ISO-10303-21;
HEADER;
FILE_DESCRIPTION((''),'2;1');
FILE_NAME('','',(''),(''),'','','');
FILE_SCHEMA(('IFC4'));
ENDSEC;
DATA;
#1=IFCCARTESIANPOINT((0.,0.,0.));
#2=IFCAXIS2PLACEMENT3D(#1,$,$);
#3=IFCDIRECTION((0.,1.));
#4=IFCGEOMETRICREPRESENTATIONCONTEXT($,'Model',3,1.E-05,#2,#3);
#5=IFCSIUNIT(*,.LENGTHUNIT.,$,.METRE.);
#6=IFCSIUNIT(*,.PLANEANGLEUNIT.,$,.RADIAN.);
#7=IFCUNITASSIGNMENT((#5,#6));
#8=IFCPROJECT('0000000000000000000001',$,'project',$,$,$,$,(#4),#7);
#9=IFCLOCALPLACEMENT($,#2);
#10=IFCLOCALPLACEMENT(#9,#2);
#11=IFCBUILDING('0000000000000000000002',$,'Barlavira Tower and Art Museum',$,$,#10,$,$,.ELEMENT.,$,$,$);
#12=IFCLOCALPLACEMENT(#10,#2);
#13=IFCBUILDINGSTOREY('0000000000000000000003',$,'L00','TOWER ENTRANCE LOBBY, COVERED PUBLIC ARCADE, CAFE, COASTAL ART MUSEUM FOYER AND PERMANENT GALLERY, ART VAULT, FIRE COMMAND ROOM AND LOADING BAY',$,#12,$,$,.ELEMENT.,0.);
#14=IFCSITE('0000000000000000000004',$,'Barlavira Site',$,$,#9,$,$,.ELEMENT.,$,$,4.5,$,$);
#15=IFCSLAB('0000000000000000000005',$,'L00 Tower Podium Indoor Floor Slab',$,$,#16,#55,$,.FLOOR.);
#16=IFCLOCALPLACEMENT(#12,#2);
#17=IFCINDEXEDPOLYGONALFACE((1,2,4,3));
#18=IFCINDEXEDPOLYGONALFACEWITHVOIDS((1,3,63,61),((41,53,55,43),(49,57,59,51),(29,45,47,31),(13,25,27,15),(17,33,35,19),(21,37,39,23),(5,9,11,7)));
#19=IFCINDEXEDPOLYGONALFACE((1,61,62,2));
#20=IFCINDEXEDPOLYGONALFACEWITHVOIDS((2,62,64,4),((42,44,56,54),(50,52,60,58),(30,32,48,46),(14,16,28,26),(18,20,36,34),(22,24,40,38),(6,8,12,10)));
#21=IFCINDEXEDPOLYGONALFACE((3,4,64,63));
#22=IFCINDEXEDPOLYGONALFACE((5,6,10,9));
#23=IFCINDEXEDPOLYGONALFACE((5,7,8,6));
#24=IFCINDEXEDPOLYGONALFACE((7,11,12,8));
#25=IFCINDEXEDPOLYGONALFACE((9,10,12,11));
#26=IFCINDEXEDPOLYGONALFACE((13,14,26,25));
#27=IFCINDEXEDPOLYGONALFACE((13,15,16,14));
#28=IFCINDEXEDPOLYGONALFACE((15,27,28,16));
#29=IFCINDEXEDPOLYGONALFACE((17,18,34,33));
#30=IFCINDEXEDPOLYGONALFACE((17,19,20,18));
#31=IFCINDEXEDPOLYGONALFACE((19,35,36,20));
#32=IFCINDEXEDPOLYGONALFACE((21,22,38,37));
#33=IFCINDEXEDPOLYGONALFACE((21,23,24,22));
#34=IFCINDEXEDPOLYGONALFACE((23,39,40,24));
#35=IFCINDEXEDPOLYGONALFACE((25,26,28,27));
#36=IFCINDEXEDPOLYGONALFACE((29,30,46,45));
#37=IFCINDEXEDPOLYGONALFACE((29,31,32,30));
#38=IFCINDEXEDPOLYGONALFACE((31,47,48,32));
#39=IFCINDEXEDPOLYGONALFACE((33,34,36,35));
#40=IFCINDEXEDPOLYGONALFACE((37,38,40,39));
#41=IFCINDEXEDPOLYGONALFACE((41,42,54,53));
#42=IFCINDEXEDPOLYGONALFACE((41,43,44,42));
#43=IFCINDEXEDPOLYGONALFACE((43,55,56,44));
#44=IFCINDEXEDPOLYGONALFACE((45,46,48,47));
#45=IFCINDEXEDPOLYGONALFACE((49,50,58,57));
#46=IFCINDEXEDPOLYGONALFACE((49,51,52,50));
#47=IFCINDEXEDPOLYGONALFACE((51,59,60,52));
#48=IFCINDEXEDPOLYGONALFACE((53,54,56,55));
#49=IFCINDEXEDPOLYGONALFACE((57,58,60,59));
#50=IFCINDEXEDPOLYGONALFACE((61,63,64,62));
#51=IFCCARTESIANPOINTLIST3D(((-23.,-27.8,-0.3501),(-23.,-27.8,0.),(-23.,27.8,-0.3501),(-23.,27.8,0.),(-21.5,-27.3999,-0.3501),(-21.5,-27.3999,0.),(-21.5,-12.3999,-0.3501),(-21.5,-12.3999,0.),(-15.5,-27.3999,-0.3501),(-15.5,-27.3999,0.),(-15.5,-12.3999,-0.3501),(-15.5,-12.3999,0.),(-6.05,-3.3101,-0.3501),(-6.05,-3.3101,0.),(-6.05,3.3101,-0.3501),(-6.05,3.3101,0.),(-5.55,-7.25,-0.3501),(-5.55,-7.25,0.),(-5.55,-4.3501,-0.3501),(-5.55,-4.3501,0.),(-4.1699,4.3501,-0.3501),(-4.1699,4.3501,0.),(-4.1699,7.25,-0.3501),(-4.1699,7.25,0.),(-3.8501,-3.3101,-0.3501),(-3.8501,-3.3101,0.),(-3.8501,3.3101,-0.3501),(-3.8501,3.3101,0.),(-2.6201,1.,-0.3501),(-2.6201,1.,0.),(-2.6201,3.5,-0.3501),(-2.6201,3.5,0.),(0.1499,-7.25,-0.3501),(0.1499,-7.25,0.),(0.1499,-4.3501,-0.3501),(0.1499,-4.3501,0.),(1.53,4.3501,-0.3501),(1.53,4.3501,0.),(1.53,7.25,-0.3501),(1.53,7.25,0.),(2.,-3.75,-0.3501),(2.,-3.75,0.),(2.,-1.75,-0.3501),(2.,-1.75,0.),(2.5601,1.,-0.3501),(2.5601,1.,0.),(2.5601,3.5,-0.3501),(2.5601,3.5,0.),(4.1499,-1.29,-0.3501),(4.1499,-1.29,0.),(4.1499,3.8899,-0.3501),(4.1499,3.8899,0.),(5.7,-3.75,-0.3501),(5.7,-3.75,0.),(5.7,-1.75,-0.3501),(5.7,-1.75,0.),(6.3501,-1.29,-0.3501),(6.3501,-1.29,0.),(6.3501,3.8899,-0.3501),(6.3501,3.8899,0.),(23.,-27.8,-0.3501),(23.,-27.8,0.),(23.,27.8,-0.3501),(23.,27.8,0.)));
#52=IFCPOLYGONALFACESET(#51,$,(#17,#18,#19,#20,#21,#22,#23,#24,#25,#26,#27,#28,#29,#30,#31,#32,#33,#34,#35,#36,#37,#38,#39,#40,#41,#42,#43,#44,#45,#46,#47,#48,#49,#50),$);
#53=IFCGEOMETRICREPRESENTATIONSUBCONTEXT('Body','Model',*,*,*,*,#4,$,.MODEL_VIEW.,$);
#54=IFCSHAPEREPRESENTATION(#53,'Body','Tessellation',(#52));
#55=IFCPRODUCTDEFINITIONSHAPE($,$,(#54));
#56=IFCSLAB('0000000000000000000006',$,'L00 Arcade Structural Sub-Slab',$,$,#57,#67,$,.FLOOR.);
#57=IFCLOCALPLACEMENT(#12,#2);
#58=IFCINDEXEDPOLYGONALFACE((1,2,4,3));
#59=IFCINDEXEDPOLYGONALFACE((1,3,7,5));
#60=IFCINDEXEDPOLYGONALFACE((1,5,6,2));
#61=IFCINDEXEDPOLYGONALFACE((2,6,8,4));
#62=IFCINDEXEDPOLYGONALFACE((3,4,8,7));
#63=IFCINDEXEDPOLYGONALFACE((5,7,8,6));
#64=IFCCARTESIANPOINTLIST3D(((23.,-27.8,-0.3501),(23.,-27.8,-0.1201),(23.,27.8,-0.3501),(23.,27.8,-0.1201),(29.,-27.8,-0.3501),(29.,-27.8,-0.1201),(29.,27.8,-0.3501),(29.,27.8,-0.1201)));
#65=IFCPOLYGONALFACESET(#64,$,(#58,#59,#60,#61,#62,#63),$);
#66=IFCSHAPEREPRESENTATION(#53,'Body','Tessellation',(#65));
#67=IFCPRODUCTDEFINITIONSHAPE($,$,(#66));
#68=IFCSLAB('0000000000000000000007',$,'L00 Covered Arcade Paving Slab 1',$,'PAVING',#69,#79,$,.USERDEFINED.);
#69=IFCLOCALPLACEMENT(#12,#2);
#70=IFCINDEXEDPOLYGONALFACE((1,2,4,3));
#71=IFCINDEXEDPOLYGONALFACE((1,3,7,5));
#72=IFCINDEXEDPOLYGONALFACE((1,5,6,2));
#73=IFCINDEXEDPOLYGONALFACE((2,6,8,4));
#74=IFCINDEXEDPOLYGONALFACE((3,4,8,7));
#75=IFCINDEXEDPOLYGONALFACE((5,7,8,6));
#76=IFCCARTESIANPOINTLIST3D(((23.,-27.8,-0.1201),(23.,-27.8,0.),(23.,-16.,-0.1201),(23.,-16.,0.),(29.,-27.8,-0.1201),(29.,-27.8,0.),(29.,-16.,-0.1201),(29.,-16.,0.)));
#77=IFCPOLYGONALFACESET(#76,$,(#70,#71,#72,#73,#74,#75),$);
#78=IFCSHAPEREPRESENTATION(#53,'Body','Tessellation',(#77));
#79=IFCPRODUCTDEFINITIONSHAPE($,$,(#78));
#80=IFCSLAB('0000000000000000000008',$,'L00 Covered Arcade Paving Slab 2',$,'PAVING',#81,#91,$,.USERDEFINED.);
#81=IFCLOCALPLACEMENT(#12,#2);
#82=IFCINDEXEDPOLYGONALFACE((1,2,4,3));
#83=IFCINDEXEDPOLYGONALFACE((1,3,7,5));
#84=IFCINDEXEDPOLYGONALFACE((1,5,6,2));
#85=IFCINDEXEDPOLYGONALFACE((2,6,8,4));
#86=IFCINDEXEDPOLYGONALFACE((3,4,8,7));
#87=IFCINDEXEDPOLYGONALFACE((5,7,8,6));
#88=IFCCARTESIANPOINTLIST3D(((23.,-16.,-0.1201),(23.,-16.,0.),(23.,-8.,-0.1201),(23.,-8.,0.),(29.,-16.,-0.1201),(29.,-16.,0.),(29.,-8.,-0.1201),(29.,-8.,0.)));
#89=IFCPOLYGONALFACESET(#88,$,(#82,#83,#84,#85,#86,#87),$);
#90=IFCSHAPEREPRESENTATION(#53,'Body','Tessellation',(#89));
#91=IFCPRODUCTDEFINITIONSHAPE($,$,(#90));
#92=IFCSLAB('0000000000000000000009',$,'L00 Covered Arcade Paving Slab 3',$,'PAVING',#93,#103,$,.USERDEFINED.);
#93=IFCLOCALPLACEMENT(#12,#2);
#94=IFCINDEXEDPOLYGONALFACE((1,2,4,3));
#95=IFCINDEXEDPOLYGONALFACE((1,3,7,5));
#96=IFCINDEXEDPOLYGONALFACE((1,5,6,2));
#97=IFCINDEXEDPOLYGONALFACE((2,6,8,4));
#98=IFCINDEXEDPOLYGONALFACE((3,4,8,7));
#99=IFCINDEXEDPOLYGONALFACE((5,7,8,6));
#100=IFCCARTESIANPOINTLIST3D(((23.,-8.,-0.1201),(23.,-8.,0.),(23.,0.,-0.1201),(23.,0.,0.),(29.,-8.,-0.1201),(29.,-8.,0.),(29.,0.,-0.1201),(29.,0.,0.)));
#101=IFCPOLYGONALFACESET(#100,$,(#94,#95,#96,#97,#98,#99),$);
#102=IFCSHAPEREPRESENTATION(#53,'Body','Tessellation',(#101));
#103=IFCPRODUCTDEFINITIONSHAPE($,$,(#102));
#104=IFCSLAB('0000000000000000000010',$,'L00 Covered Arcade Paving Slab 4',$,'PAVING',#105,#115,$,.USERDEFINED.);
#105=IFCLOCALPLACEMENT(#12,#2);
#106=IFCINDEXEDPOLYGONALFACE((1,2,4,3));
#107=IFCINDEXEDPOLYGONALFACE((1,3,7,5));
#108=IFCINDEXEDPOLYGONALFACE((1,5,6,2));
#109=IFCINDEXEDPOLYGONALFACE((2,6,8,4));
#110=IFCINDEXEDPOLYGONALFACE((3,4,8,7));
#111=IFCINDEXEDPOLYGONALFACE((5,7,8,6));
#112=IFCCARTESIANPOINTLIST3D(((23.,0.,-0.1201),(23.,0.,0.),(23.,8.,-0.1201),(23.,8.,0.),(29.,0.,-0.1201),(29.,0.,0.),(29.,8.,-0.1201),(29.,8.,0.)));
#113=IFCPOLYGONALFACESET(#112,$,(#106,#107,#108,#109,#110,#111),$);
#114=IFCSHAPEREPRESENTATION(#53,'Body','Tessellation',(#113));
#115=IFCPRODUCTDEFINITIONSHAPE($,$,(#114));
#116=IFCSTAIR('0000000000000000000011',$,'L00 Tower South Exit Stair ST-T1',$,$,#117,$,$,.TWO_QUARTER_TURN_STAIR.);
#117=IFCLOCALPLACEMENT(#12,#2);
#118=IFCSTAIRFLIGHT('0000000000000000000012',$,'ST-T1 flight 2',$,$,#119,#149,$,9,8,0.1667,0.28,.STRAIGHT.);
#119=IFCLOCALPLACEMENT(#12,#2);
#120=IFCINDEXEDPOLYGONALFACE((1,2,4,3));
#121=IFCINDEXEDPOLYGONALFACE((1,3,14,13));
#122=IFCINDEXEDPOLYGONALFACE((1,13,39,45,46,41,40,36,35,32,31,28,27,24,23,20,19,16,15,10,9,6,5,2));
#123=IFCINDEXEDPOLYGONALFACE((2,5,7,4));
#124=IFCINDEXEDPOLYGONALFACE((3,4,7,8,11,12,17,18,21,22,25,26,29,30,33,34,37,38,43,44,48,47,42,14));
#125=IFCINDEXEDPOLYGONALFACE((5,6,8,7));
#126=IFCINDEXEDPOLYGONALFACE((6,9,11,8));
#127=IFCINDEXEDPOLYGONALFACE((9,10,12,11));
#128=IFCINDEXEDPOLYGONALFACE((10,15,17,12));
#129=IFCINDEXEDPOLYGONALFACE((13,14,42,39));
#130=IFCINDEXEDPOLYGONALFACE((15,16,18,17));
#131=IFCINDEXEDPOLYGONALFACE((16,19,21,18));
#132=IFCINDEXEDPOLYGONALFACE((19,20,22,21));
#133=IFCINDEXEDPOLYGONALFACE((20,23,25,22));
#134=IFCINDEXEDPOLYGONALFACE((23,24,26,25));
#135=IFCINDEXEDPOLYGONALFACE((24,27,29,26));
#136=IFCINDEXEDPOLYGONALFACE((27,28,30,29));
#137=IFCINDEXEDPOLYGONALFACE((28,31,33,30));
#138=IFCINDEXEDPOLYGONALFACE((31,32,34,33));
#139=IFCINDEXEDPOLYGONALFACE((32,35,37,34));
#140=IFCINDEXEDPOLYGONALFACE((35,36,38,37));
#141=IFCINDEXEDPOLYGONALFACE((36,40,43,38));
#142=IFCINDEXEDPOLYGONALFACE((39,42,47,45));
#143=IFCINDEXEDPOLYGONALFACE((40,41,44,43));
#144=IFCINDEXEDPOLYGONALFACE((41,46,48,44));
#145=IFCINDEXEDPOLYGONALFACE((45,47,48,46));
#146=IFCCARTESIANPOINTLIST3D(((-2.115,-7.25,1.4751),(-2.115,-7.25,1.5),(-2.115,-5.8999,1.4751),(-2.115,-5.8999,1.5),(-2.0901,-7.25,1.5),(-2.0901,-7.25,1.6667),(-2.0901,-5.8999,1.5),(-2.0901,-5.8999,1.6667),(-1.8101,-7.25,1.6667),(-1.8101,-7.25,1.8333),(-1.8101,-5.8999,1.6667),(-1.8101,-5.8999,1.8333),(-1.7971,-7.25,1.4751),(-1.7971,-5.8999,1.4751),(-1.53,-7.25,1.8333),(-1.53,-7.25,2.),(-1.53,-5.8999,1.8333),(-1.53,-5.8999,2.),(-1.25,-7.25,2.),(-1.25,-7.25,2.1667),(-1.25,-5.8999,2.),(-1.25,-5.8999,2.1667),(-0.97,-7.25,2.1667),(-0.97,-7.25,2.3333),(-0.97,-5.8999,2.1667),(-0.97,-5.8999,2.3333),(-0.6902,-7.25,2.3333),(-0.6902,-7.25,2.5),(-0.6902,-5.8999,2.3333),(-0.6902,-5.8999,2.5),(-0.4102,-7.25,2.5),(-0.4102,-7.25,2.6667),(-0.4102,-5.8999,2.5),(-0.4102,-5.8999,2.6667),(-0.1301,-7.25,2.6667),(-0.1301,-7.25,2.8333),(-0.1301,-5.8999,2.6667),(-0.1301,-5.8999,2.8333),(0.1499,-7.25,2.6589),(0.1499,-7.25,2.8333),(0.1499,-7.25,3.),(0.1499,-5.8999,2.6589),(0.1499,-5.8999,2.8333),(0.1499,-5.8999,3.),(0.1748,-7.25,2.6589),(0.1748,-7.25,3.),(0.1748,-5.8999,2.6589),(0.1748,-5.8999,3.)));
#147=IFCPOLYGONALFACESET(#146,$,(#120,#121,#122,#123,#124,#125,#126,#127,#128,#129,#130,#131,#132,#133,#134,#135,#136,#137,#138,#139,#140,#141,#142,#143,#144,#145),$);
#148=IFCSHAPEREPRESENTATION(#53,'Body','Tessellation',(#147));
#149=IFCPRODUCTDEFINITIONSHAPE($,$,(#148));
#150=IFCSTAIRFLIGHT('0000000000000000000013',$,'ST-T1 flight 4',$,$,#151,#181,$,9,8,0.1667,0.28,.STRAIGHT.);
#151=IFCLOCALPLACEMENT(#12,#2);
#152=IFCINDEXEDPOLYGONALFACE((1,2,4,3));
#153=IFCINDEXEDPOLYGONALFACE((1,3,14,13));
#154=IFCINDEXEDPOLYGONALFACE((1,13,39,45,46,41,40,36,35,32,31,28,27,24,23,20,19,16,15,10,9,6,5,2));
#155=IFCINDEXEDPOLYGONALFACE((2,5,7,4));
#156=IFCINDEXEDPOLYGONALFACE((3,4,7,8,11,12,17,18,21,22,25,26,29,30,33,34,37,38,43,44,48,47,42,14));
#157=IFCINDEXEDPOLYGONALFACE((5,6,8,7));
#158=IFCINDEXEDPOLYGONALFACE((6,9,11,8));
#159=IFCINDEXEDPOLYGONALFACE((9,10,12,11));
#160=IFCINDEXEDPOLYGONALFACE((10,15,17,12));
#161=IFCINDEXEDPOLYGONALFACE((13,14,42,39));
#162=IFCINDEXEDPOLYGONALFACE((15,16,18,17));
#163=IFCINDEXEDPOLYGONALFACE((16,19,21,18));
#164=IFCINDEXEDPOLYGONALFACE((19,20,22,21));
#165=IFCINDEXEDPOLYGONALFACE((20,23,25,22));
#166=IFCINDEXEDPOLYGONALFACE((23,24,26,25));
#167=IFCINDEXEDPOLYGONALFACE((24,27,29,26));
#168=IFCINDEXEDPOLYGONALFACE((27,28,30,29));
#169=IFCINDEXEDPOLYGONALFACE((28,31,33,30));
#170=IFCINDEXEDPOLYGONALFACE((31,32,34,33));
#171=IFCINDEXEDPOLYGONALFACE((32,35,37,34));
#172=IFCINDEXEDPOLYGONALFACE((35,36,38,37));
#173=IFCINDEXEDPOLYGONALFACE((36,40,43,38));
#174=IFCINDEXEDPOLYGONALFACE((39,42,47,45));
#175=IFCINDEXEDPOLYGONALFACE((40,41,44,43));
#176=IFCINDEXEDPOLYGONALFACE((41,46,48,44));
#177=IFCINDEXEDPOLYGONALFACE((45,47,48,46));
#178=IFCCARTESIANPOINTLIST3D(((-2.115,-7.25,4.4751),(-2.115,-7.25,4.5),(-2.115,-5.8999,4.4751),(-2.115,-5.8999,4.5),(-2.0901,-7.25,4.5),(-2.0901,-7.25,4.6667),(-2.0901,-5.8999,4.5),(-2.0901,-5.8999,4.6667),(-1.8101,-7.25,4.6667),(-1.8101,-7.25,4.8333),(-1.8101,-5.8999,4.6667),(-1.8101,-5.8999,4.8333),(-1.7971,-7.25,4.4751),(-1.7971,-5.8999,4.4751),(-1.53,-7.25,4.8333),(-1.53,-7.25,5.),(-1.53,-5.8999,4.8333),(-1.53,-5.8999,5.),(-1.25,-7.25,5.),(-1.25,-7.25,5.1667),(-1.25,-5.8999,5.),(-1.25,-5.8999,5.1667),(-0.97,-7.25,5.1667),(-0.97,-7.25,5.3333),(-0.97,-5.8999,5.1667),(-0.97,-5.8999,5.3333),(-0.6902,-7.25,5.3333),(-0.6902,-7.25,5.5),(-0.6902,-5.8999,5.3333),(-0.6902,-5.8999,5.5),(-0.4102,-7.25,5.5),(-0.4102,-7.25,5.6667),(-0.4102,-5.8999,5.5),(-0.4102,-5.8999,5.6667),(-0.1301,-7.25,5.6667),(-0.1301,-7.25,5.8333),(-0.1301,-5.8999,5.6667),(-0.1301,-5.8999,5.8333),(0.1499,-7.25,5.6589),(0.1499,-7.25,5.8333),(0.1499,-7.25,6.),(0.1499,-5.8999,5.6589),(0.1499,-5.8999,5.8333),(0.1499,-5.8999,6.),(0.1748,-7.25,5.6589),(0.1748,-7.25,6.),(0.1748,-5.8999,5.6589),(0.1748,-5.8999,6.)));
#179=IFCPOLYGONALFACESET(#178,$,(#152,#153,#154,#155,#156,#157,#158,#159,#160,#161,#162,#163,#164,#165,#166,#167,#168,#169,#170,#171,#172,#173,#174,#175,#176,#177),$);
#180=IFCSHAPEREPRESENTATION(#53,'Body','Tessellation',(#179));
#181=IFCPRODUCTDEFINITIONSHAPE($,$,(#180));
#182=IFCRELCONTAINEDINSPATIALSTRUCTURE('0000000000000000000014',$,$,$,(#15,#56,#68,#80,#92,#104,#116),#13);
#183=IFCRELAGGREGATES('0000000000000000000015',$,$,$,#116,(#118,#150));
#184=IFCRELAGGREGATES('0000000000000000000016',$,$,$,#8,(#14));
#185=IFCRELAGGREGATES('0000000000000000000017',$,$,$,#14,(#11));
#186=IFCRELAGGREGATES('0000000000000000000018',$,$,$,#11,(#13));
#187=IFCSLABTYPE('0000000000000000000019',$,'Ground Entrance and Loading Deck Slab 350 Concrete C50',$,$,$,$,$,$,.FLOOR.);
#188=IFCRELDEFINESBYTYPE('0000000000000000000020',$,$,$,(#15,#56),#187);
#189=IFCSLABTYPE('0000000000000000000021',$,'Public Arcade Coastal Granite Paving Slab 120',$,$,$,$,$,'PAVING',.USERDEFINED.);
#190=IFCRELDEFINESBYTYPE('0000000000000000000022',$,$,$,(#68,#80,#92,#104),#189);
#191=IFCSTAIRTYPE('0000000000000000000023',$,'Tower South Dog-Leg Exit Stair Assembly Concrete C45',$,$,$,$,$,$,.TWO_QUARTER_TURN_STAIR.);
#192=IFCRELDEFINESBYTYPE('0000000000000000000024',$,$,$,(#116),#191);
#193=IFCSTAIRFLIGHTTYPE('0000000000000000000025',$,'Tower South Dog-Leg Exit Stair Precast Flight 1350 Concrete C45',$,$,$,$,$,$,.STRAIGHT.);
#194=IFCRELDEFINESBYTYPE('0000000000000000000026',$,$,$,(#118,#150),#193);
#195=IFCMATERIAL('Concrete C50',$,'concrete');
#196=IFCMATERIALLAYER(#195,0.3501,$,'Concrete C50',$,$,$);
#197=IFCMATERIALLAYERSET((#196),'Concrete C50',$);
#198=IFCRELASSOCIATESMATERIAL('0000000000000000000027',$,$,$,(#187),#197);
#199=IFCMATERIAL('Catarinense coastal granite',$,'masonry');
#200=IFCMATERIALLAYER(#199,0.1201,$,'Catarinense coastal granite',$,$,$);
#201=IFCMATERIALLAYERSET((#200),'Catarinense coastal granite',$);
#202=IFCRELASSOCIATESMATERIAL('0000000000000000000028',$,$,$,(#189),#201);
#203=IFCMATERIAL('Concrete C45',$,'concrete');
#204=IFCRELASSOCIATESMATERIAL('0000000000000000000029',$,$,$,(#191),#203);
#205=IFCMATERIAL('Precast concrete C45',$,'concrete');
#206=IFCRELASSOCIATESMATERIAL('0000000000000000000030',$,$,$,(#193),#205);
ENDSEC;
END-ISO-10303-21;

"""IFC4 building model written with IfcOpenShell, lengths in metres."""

from ifc_helpers import new_model, si_unit, direction, frame, origin, place, context, subcontext, project, spatial, polyline, outline, extrude, material, layer, layer_set, type_object, element, aggregate, save


model = new_model("IFC4")

# Units and contexts
model_context = context("Model", 3, precision=1e-05, world=origin(), true_north=direction((0.0, 1.0)))
body_context = subcontext(model_context, "Body", "Model", "MODEL_VIEW")
ifc_project = project(units=[si_unit("LENGTHUNIT", "METRE"), si_unit("PLANEANGLEUNIT", "RADIAN")], contexts=[model_context])

# Site, building, storey
site_placement = place(None, origin())
site = spatial("IfcSite", under=ifc_project, at=site_placement, Name="Barlavira Site", CompositionType="ELEMENT", RefElevation=4.5)
building_placement = place(site_placement, origin())
building = spatial("IfcBuilding", under=site, at=building_placement, Name="Barlavira Tower and Art Museum", CompositionType="ELEMENT")
storey_placement = place(building_placement, origin())
storey = spatial("IfcBuildingStorey", under=building, at=storey_placement, Name="L00", Description="TOWER ENTRANCE LOBBY, COVERED PUBLIC ARCADE, CAFE, COASTAL ART MUSEUM FOYER AND PERMANENT GALLERY, ART VAULT, FIRE COMMAND ROOM AND LOADING BAY", CompositionType="ELEMENT", Elevation=0.0)

# Slabs
ifc_material_1 = material(Name="Concrete C50", Category="concrete")
ifc_layer_1 = layer(ifc_material_1, 0.3501, Name="Concrete C50")
ifc_layer_set_1 = layer_set([ifc_layer_1], Name="Concrete C50")
slab_type_1 = type_object("IfcSlabType", Name="Ground Entrance and Loading Deck Slab 350 Concrete C50", PredefinedType="FLOOR", material=ifc_layer_set_1)
slab_1_placement = place(storey_placement, frame((0.0, 0.0, -0.3501)))
element("IfcSlab", 1, at=slab_1_placement, inside=storey, type_object=slab_type_1, Name="L00 Tower Podium Indoor Floor Slab", PredefinedType="FLOOR", context=body_context, shape_type="SweptSolid", body=[
    extrude(outline(polyline([(-23.0, -27.8), (23.0, -27.8), (23.0, 27.8), (-23.0, 27.8), (-23.0, -27.8)]), holes=[polyline([(0.1499, -4.3501), (-5.55, -4.3501), (-5.55, -7.25), (0.1499, -7.25), (0.1499, -4.3501)]), polyline([(-4.1699, 4.3501), (1.53, 4.3501), (1.53, 7.25), (-4.1699, 7.25), (-4.1699, 4.3501)]), polyline([(-6.05, -3.3101), (-3.8501, -3.3101), (-3.8501, 3.3101), (-6.05, 3.3101), (-6.05, -3.3101)]), polyline([(4.1499, -1.29), (6.3501, -1.29), (6.3501, 3.8899), (4.1499, 3.8899), (4.1499, -1.29)]), polyline([(-2.6201, 1.0), (2.5601, 1.0), (2.5601, 3.5), (-2.6201, 3.5), (-2.6201, 1.0)]), polyline([(2.0, -3.75), (5.7, -3.75), (5.7, -1.75), (2.0, -1.75), (2.0, -3.75)]), polyline([(-21.5, -27.3999), (-15.5, -27.3999), (-15.5, -12.3999), (-21.5, -12.3999), (-21.5, -27.3999)])]), origin(), (0.0, 0.0, 1.0), 0.3501),
])
slab_2_placement = place(storey_placement, frame((0.0, 0.0, -0.3501)))
element("IfcSlab", 2, at=slab_2_placement, inside=storey, type_object=slab_type_1, Name="L00 Arcade Structural Sub-Slab", PredefinedType="FLOOR", context=body_context, shape_type="SweptSolid", body=[
    extrude(outline(polyline([(23.0, -27.8), (29.0, -27.8), (29.0, 27.8), (23.0, 27.8), (23.0, -27.8)])), origin(), (0.0, 0.0, 1.0), 0.23),
])
ifc_material_2 = material(Name="Catarinense coastal granite", Category="masonry")
ifc_layer_2 = layer(ifc_material_2, 0.1201, Name="Catarinense coastal granite")
ifc_layer_set_2 = layer_set([ifc_layer_2], Name="Catarinense coastal granite")
slab_type_2 = type_object("IfcSlabType", Name="Public Arcade Coastal Granite Paving Slab 120", ElementType="PAVING", PredefinedType="USERDEFINED", material=ifc_layer_set_2)
slab_3_placement = place(storey_placement, frame((0.0, 0.0, -0.1201)))
element("IfcSlab", 3, at=slab_3_placement, inside=storey, type_object=slab_type_2, Name="L00 Covered Arcade Paving Slab 1", ObjectType="PAVING", PredefinedType="USERDEFINED", context=body_context, shape_type="SweptSolid", body=[
    extrude(outline(polyline([(23.0, -27.8), (29.0, -27.8), (29.0, -16.0), (23.0, -16.0), (23.0, -27.8)])), origin(), (0.0, 0.0, 1.0), 0.1201),
])
slab_4_placement = place(storey_placement, frame((0.0, 0.0, -0.1201)))
element("IfcSlab", 4, at=slab_4_placement, inside=storey, type_object=slab_type_2, Name="L00 Covered Arcade Paving Slab 2", ObjectType="PAVING", PredefinedType="USERDEFINED", context=body_context, shape_type="SweptSolid", body=[
    extrude(outline(polyline([(23.0, -16.0), (29.0, -16.0), (29.0, -8.0), (23.0, -8.0), (23.0, -16.0)])), origin(), (0.0, 0.0, 1.0), 0.1201),
])
slab_5_placement = place(storey_placement, frame((0.0, 0.0, -0.1201)))
element("IfcSlab", 5, at=slab_5_placement, inside=storey, type_object=slab_type_2, Name="L00 Covered Arcade Paving Slab 3", ObjectType="PAVING", PredefinedType="USERDEFINED", context=body_context, shape_type="SweptSolid", body=[
    extrude(outline(polyline([(23.0, -8.0), (29.0, -8.0), (29.0, 0.0), (23.0, 0.0), (23.0, -8.0)])), origin(), (0.0, 0.0, 1.0), 0.1201),
])
slab_6_placement = place(storey_placement, frame((0.0, 0.0, -0.1201)))
element("IfcSlab", 6, at=slab_6_placement, inside=storey, type_object=slab_type_2, Name="L00 Covered Arcade Paving Slab 4", ObjectType="PAVING", PredefinedType="USERDEFINED", context=body_context, shape_type="SweptSolid", body=[
    extrude(outline(polyline([(23.0, 0.0), (29.0, 0.0), (29.0, 8.0), (23.0, 8.0), (23.0, 0.0)])), origin(), (0.0, 0.0, 1.0), 0.1201),
])

# Stair, stair flights
ifc_material_3 = material(Name="Concrete C45", Category="concrete")
stair_type = type_object("IfcStairType", Name="Tower South Dog-Leg Exit Stair Assembly Concrete C45", PredefinedType="TWO_QUARTER_TURN_STAIR", material=ifc_material_3)
stair_placement = place(storey_placement, origin())
stair = element("IfcStair", 7, at=stair_placement, inside=storey, type_object=stair_type, Name="L00 Tower South Exit Stair ST-T1", PredefinedType="TWO_QUARTER_TURN_STAIR")
ifc_material_4 = material(Name="Precast concrete C45", Category="concrete")
stair_flight_type = type_object("IfcStairFlightType", Name="Tower South Dog-Leg Exit Stair Precast Flight 1350 Concrete C45", PredefinedType="STRAIGHT", material=ifc_material_4)
stair_flight_1_placement = place(storey_placement, frame((-2.0901, -6.575, 1.5), z_axis=(0.0, 0.0, 1.0), x_axis=(1.0, 0.0, 0.0)))
stair_flight_1 = element("IfcStairFlight", 8, at=stair_flight_1_placement, type_object=stair_flight_type, Name="ST-T1 flight 2", NumberOfRisers=9, NumberOfTreads=8, PredefinedType="STRAIGHT", RiserHeight=0.1667, TreadLength=0.28, context=body_context, shape_type="SweptSolid", body=[
    extrude(outline(polyline([(-0.0249, 0.0), (0.0, 0.0), (0.0, 0.1667), (0.28, 0.1667), (0.28, 0.3333), (0.5601, 0.3333), (0.5601, 0.5), (0.8401, 0.5), (0.8401, 0.6667), (1.1201, 0.6667), (1.1201, 0.8333), (1.3999, 0.8333), (1.3999, 1.0), (1.6799, 1.0), (1.6799, 1.1667), (1.96, 1.1667), (1.96, 1.3333), (2.24, 1.3333), (2.24, 1.5), (2.2649, 1.5), (2.2649, 1.1589), (2.24, 1.1589), (0.293, -0.0249), (-0.0249, -0.0249), (-0.0249, 0.0)])), frame((0.0, 0.675, 0.0), z_axis=(0.0, -1.0, 0.0), x_axis=(1.0, 0.0, 0.0)), (0.0, 0.0, 1.0), 1.3501),
])
stair_flight_2_placement = place(storey_placement, frame((-2.0901, -6.575, 4.5), z_axis=(0.0, 0.0, 1.0), x_axis=(1.0, 0.0, 0.0)))
stair_flight_2 = element("IfcStairFlight", 9, at=stair_flight_2_placement, type_object=stair_flight_type, Name="ST-T1 flight 4", NumberOfRisers=9, NumberOfTreads=8, PredefinedType="STRAIGHT", RiserHeight=0.1667, TreadLength=0.28, context=body_context, shape_type="SweptSolid", body=[
    extrude(outline(polyline([(-0.0249, 0.0), (0.0, 0.0), (0.0, 0.1667), (0.28, 0.1667), (0.28, 0.3333), (0.5601, 0.3333), (0.5601, 0.5), (0.8401, 0.5), (0.8401, 0.6667), (1.1201, 0.6667), (1.1201, 0.8333), (1.3999, 0.8333), (1.3999, 1.0), (1.6799, 1.0), (1.6799, 1.1667), (1.96, 1.1667), (1.96, 1.3333), (2.24, 1.3333), (2.24, 1.5), (2.2649, 1.5), (2.2649, 1.1589), (2.24, 1.1589), (0.293, -0.0249), (-0.0249, -0.0249), (-0.0249, 0.0)])), frame((0.0, 0.675, 0.0), z_axis=(0.0, -1.0, 0.0), x_axis=(1.0, 0.0, 0.0)), (0.0, 0.0, 1.0), 1.3501),
])
aggregate(stair, [stair_flight_1, stair_flight_2])

save(model, "model.ifc")
